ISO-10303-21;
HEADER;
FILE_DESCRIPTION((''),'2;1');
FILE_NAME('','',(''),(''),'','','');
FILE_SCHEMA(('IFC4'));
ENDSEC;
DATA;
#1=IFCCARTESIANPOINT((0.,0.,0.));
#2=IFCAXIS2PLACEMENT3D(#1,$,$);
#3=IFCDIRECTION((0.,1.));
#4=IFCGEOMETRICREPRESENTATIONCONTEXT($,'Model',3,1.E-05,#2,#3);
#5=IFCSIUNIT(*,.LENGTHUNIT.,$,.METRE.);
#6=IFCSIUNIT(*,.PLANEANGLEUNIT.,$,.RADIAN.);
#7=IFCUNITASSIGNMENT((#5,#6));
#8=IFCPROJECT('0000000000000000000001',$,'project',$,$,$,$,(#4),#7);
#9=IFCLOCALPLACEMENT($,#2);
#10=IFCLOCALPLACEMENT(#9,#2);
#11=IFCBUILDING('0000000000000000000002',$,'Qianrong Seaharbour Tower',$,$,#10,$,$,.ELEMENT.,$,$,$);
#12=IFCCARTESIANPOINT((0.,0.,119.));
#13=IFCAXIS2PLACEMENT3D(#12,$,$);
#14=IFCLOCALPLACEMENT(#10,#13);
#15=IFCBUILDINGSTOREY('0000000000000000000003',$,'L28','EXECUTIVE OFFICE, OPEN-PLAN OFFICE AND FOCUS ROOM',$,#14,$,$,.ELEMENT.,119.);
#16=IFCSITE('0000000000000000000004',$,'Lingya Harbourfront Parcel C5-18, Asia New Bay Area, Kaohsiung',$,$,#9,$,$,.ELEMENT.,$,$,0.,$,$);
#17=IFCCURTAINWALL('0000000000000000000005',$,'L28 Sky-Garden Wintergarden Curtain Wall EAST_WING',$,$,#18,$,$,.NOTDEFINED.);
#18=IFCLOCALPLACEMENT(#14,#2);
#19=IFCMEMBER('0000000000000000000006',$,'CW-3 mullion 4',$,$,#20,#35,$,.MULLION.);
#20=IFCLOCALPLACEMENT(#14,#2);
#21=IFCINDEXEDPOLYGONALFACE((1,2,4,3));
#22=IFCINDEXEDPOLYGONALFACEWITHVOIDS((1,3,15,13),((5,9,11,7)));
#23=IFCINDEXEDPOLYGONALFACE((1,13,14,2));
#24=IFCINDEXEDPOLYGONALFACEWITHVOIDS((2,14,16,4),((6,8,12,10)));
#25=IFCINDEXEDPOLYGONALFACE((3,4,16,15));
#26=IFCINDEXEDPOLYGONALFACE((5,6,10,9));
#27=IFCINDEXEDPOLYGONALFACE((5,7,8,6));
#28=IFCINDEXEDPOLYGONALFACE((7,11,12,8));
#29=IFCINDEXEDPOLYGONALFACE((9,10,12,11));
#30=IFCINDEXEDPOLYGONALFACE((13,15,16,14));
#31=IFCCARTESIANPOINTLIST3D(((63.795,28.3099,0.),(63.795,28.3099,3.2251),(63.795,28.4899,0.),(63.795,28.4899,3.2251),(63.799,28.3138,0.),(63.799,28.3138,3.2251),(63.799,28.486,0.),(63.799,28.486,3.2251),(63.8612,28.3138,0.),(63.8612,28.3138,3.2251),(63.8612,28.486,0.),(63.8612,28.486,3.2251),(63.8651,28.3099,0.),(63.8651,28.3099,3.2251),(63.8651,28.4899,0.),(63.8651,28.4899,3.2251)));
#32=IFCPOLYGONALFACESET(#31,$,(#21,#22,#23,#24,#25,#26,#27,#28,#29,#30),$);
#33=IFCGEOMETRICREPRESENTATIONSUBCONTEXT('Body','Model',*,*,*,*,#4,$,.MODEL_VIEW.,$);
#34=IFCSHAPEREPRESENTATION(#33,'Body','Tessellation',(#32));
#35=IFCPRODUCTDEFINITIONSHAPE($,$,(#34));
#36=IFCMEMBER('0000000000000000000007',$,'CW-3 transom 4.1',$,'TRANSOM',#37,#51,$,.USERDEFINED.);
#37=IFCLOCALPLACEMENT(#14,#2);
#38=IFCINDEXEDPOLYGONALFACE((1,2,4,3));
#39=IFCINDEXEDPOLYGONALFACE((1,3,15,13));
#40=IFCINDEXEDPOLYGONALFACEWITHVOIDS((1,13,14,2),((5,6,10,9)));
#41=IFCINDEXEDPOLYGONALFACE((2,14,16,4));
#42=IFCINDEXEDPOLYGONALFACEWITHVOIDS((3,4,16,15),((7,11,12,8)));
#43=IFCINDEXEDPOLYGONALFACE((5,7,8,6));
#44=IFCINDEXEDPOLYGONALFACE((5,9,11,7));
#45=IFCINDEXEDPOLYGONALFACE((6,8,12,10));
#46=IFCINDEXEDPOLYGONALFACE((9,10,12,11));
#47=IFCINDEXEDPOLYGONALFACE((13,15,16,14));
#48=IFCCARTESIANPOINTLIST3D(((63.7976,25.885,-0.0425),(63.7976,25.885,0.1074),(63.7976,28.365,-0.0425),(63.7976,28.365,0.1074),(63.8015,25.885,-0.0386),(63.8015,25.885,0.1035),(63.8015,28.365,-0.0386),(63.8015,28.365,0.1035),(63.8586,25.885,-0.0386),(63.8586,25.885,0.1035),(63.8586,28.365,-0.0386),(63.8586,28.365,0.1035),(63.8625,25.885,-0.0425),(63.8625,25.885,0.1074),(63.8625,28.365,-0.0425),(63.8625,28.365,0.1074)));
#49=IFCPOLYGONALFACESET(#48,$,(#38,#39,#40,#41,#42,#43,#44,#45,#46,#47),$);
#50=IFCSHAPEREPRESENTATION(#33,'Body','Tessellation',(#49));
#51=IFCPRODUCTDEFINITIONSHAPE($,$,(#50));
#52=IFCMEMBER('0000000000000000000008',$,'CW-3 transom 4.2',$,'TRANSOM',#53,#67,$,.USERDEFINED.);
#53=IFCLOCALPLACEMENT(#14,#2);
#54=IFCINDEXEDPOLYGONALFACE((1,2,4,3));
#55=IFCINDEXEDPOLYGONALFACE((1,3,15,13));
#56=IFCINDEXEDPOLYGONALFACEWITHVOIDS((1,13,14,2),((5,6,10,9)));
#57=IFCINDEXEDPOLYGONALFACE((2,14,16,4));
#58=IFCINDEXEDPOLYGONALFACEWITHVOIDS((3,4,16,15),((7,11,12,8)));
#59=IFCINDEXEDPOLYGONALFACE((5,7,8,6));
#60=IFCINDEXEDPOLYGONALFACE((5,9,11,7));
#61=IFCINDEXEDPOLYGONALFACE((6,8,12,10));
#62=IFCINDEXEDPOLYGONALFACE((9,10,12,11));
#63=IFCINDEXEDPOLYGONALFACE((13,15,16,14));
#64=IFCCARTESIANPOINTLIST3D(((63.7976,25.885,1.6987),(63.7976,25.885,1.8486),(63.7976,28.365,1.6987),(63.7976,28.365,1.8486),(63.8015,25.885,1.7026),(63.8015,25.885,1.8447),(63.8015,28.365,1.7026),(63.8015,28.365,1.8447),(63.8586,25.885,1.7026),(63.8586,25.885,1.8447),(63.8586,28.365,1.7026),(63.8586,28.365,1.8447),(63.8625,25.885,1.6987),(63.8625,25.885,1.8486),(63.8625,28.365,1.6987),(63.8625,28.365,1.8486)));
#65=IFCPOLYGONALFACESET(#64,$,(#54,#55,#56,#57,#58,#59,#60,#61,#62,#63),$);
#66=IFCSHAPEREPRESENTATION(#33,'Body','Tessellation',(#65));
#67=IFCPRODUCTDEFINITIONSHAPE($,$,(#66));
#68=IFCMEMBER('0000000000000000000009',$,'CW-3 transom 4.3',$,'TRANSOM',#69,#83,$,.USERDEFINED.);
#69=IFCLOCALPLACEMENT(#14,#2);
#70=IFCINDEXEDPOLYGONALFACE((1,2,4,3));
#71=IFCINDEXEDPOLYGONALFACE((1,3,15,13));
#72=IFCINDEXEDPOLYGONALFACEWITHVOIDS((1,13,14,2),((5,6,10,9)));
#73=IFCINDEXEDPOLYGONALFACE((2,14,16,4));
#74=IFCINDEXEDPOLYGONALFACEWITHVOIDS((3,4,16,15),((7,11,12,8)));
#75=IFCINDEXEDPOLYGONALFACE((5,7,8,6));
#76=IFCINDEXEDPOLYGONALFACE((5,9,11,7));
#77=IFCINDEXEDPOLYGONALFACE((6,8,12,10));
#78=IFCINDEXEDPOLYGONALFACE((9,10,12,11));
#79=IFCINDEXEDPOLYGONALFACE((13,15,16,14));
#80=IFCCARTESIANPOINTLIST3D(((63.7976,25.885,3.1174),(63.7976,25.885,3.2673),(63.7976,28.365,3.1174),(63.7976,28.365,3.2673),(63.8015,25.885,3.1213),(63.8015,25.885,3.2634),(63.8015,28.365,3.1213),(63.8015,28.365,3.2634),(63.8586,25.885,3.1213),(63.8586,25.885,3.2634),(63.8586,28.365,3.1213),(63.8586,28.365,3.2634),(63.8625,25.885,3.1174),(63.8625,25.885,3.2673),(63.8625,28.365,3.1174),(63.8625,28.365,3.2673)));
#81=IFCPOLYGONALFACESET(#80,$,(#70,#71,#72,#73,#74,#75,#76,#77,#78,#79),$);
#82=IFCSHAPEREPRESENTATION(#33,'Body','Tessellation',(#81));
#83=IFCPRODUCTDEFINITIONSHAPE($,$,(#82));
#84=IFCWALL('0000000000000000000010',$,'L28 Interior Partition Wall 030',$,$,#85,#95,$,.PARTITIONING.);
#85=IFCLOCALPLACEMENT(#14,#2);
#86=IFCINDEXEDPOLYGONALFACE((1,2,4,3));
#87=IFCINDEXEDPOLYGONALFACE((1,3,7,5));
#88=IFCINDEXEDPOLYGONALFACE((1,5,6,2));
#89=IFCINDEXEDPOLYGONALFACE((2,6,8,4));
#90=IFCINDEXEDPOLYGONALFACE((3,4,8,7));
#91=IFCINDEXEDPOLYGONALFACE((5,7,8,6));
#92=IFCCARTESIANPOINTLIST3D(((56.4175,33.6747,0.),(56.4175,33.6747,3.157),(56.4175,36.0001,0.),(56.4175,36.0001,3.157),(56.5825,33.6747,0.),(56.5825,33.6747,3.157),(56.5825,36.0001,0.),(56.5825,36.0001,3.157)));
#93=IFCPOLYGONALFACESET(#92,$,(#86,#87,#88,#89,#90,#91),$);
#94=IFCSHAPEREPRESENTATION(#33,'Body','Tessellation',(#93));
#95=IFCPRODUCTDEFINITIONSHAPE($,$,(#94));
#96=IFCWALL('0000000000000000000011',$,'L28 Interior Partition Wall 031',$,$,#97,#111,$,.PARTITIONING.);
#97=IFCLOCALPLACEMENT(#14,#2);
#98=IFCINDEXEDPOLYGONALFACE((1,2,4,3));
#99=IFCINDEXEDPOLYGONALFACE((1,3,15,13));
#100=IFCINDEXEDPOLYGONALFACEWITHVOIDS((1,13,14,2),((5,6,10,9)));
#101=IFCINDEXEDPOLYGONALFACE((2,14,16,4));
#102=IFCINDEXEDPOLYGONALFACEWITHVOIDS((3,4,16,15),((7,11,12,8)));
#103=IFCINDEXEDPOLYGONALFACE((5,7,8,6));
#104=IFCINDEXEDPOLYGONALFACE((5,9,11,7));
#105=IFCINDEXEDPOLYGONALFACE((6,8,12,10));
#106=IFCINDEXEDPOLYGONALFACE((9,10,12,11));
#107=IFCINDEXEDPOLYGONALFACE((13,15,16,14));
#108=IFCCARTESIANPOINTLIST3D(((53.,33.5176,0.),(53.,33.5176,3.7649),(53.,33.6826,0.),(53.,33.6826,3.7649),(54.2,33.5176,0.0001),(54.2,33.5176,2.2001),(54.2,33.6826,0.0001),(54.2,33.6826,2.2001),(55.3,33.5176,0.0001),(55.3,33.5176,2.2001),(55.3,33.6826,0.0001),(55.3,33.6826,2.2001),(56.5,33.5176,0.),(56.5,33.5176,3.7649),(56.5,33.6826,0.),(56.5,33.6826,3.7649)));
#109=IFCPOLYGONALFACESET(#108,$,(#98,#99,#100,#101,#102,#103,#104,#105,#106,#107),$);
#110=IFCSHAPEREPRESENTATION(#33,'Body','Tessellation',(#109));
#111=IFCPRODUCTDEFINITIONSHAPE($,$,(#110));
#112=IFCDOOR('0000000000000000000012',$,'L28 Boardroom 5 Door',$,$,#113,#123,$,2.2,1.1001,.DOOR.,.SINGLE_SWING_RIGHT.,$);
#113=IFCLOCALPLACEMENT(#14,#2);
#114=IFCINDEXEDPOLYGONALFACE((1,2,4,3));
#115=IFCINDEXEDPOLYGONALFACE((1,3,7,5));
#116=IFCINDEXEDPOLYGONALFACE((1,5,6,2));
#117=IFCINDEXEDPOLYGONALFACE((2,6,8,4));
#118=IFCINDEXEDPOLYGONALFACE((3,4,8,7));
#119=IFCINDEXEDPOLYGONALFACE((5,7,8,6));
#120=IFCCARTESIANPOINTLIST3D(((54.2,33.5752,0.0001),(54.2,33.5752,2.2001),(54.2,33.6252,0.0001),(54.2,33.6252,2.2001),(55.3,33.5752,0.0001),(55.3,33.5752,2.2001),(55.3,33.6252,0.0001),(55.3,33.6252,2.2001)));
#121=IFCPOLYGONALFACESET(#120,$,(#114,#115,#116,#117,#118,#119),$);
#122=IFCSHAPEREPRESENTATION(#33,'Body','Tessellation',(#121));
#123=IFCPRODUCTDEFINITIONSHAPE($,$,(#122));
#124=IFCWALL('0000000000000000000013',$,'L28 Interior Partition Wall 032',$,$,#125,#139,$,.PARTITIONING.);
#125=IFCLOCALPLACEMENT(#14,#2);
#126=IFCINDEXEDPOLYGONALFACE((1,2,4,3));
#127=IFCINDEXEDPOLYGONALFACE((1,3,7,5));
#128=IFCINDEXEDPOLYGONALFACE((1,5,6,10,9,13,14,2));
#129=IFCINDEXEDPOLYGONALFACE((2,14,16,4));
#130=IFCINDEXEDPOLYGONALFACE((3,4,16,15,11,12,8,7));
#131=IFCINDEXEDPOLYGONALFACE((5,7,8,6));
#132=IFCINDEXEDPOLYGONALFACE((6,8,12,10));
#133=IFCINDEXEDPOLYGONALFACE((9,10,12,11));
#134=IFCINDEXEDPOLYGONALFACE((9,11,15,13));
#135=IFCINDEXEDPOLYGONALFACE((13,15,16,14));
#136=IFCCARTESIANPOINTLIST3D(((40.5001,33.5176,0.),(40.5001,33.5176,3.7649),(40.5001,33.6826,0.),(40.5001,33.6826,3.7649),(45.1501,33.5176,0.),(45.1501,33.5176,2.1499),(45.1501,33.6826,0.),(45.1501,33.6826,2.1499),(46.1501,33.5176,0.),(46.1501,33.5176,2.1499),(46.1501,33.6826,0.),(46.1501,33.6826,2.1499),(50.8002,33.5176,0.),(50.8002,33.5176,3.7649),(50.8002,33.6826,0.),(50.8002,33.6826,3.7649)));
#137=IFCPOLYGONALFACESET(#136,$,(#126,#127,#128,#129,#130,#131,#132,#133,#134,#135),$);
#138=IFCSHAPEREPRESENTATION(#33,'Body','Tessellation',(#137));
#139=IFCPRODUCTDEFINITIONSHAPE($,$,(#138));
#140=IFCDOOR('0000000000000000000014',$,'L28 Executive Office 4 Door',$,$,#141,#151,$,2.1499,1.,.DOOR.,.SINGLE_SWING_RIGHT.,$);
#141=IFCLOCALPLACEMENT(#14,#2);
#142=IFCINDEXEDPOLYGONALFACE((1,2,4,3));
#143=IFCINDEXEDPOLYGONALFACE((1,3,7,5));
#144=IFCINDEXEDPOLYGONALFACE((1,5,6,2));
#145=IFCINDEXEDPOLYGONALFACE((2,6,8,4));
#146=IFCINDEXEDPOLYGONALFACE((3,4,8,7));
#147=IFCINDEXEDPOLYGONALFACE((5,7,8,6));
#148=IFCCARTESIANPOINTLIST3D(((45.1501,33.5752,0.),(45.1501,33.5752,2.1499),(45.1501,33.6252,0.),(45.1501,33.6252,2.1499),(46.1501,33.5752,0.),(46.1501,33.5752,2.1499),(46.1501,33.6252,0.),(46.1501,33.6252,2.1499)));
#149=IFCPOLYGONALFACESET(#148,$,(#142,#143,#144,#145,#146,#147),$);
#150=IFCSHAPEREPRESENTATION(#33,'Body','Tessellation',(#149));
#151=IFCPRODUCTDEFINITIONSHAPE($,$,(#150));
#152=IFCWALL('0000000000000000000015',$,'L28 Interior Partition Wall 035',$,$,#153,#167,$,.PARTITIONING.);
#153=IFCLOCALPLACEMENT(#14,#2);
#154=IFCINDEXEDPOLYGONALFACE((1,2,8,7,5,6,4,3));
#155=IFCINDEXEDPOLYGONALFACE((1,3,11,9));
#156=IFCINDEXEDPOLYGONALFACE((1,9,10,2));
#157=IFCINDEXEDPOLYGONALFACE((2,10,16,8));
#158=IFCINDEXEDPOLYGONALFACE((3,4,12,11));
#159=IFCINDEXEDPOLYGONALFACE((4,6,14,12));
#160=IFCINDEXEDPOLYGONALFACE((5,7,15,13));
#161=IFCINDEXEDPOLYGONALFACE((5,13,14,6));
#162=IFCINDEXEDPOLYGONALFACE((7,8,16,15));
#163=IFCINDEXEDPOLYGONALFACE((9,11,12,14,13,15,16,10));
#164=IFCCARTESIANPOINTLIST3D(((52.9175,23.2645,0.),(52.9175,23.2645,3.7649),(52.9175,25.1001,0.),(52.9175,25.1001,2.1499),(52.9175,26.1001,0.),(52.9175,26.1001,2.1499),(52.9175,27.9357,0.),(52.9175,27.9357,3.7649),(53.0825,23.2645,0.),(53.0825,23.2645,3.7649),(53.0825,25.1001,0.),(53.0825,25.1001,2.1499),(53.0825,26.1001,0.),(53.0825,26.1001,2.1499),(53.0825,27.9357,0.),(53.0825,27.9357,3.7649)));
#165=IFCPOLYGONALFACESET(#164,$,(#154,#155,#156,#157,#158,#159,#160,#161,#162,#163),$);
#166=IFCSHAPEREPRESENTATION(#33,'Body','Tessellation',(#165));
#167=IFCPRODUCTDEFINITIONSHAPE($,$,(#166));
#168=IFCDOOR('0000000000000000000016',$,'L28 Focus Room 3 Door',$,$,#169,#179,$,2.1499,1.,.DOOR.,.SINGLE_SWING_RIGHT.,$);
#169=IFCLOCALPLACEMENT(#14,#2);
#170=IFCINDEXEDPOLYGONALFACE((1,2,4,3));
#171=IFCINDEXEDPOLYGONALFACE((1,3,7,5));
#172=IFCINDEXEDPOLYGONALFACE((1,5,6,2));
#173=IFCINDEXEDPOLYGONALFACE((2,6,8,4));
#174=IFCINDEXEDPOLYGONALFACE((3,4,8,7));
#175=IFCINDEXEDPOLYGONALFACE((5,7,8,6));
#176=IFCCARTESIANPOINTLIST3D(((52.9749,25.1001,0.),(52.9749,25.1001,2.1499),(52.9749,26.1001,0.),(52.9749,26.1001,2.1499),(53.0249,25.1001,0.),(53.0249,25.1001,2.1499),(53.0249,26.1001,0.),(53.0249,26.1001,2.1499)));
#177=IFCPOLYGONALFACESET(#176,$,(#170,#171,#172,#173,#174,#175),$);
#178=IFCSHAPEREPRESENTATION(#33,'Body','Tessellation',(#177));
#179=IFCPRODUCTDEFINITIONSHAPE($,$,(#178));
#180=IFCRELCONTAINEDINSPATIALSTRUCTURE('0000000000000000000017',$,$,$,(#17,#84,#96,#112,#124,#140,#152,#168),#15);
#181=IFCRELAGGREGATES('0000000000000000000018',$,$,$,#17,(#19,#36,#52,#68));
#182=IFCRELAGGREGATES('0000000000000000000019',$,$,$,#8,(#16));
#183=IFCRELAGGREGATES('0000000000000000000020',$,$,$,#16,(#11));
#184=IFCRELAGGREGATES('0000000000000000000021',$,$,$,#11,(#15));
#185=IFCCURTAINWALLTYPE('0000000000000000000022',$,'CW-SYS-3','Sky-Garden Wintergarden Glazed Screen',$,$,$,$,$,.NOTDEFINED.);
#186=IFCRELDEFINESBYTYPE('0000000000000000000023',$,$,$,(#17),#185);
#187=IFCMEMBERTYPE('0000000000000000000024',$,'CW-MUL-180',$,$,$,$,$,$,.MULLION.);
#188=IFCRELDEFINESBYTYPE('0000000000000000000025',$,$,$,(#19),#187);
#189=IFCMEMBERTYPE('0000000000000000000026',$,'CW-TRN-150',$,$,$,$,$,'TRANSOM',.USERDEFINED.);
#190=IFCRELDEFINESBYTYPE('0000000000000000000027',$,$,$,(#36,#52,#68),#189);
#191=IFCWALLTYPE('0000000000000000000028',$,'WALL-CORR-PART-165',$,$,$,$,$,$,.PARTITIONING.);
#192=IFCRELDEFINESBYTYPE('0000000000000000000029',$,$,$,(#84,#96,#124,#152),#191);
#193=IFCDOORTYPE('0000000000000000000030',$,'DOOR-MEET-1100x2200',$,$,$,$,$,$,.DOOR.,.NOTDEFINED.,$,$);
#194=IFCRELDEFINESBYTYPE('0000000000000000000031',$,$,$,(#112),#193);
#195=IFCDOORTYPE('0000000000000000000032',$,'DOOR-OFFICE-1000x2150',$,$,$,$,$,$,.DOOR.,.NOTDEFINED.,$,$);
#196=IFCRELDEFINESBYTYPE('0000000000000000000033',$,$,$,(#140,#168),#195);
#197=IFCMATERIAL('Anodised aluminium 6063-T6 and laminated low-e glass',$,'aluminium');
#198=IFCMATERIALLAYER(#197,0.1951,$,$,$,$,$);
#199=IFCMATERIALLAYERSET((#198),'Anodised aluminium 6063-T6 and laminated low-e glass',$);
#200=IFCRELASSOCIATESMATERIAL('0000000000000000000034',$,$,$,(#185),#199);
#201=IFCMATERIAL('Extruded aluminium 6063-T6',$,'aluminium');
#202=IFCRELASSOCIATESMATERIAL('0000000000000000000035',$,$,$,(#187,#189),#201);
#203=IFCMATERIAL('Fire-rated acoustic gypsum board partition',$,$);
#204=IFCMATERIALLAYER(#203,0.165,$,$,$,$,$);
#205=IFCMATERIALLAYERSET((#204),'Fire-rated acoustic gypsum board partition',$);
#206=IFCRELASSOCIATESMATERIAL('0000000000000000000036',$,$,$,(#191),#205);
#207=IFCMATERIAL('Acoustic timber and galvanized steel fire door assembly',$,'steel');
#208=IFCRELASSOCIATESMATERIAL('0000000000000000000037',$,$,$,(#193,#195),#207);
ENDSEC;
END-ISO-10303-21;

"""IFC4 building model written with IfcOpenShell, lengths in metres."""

from ifc_helpers import new_model, si_unit, direction, frame, frame_2d, origin, origin_2d, place, context, subcontext, project, spatial, rectangle, hollow_rectangle, extrude, material, layer, layer_set, material_profile, profile_set, type_object, element, fill, aggregate, save


model = new_model("IFC4")

# Units and contexts
model_context = context("Model", 3, precision=1e-05, world=origin(), true_north=direction((0.0, 1.0)))
body_context = subcontext(model_context, "Body", "Model", "MODEL_VIEW")
ifc_project = project(units=[si_unit("LENGTHUNIT", "METRE"), si_unit("PLANEANGLEUNIT", "RADIAN")], contexts=[model_context])

# Site, building, storey
site_placement = place(None, origin())
site = spatial("IfcSite", under=ifc_project, at=site_placement, Name="Lingya Harbourfront Parcel C5-18, Asia New Bay Area, Kaohsiung", CompositionType="ELEMENT", RefElevation=0.0)
building_placement = place(site_placement, origin())
building = spatial("IfcBuilding", under=site, at=building_placement, Name="Qianrong Seaharbour Tower", CompositionType="ELEMENT")
storey_placement = place(building_placement, frame((0.0, 0.0, 119.0)))
storey = spatial("IfcBuildingStorey", under=building, at=storey_placement, Name="L28", Description="EXECUTIVE OFFICE, OPEN-PLAN OFFICE AND FOCUS ROOM", CompositionType="ELEMENT", Elevation=119.0)

# Curtain wall, members
ifc_material_1 = material(Name="Anodised aluminium 6063-T6 and laminated low-e glass", Category="aluminium")
ifc_layer_1 = layer(ifc_material_1, 0.1951)
ifc_layer_set_1 = layer_set([ifc_layer_1], Name="Anodised aluminium 6063-T6 and laminated low-e glass")
curtain_wall_type = type_object("IfcCurtainWallType", Name="CW-SYS-3", Description="Sky-Garden Wintergarden Glazed Screen", PredefinedType="NOTDEFINED", material=ifc_layer_set_1)
curtain_wall_placement = place(storey_placement, origin())
curtain_wall = element("IfcCurtainWall", 1, at=curtain_wall_placement, inside=storey, type_object=curtain_wall_type, Name="L28 Sky-Garden Wintergarden Curtain Wall EAST_WING", PredefinedType="NOTDEFINED")
ifc_material_2 = material(Name="Extruded aluminium 6063-T6", Category="aluminium")
ifc_material_profile_1 = material_profile(ifc_material_2, hollow_rectangle(XDim=0.0701, YDim=0.1799, WallThickness=0.0039, at=origin_2d()), Name="ALU-MUL-180x70x4")
ifc_profile_set_1 = profile_set([ifc_material_profile_1], Name="Extruded aluminium 6063-T6")
member_type_1 = type_object("IfcMemberType", Name="CW-MUL-180", PredefinedType="MULLION", material=ifc_profile_set_1)
member_1_placement = place(storey_placement, frame((63.8301, 28.3999, 0.0), z_axis=(0.0, 0.0, 1.0), x_axis=(1.0, 0.0, 0.0)))
member_1 = element("IfcMember", 2, at=member_1_placement, type_object=member_type_1, Name="CW-3 mullion 4", PredefinedType="MULLION", context=body_context, shape_type="SweptSolid", body=[
    extrude(hollow_rectangle(XDim=0.0701, YDim=0.1799, WallThickness=0.0039, at=origin_2d()), origin(), (0.0, 0.0, 1.0), 3.2251),
])
ifc_material_profile_2 = material_profile(ifc_material_2, hollow_rectangle(XDim=0.0649, YDim=0.1499, WallThickness=0.0039, at=origin_2d()), Name="ALU-TRN-150x65x4")
ifc_profile_set_2 = profile_set([ifc_material_profile_2], Name="Extruded aluminium 6063-T6")
member_type_2 = type_object("IfcMemberType", Name="CW-TRN-150", ElementType="TRANSOM", PredefinedType="USERDEFINED", material=ifc_profile_set_2)
member_2_placement = place(storey_placement, frame((63.8301, 28.365, 0.0325), z_axis=(0.0, -1.0, 0.0), x_axis=(1.0, 0.0, 0.0)))
member_2 = element("IfcMember", 3, at=member_2_placement, type_object=member_type_2, Name="CW-3 transom 4.1", ObjectType="TRANSOM", PredefinedType="USERDEFINED", context=body_context, shape_type="SweptSolid", body=[
    extrude(hollow_rectangle(XDim=0.0649, YDim=0.1499, WallThickness=0.0039, at=origin_2d()), origin(), (0.0, 0.0, 1.0), 2.48),
])
member_3_placement = place(storey_placement, frame((63.8301, 28.365, 1.7737), z_axis=(0.0, -1.0, 0.0), x_axis=(1.0, 0.0, 0.0)))
member_3 = element("IfcMember", 4, at=member_3_placement, type_object=member_type_2, Name="CW-3 transom 4.2", ObjectType="TRANSOM", PredefinedType="USERDEFINED", context=body_context, shape_type="SweptSolid", body=[
    extrude(hollow_rectangle(XDim=0.0649, YDim=0.1499, WallThickness=0.0039, at=origin_2d()), origin(), (0.0, 0.0, 1.0), 2.48),
])
member_4_placement = place(storey_placement, frame((63.8301, 28.365, 3.1924), z_axis=(0.0, -1.0, 0.0), x_axis=(1.0, 0.0, 0.0)))
member_4 = element("IfcMember", 5, at=member_4_placement, type_object=member_type_2, Name="CW-3 transom 4.3", ObjectType="TRANSOM", PredefinedType="USERDEFINED", context=body_context, shape_type="SweptSolid", body=[
    extrude(hollow_rectangle(XDim=0.0649, YDim=0.1499, WallThickness=0.0039, at=origin_2d()), origin(), (0.0, 0.0, 1.0), 2.48),
])
aggregate(curtain_wall, [member_1, member_2, member_3, member_4])

# Wall
ifc_material_3 = material(Name="Fire-rated acoustic gypsum board partition")
ifc_layer_2 = layer(ifc_material_3, 0.165)
ifc_layer_set_2 = layer_set([ifc_layer_2], Name="Fire-rated acoustic gypsum board partition")
wall_type_1 = type_object("IfcWallType", Name="WALL-CORR-PART-165", PredefinedType="PARTITIONING", material=ifc_layer_set_2)
wall_1_placement = place(storey_placement, frame((56.5, 36.0, 0.0), z_axis=(0.0, 0.0, 1.0), x_axis=(0.0, -1.0, 0.0)))
element("IfcWall", 6, at=wall_1_placement, inside=storey, type_object=wall_type_1, Name="L28 Interior Partition Wall 030", PredefinedType="PARTITIONING", context=body_context, shape_type="SweptSolid", body=[
    extrude(rectangle(XDim=2.3254, YDim=0.165, at=frame_2d((1.1626, 0.0))), origin(), (0.0, 0.0, 1.0), 3.157),
])

# Walls, openings, doors
wall_2_placement = place(storey_placement, frame((56.5, 33.6001, 0.0), z_axis=(0.0, 0.0, 1.0), x_axis=(-1.0, 0.0, 0.0)))
wall_2 = element("IfcWall", 7, at=wall_2_placement, inside=storey, type_object=wall_type_1, Name="L28 Interior Partition Wall 031", PredefinedType="PARTITIONING", context=body_context, shape_type="SweptSolid", body=[
    extrude(rectangle(XDim=3.5, YDim=0.165, at=frame_2d((1.75, 0.0))), origin(), (0.0, 0.0, 1.0), 3.7649),
])
opening_1_placement = place(wall_2_placement, frame((1.2, 0.0, 0.0)))
opening_1 = element("IfcOpeningElement", 8, at=opening_1_placement, cuts=wall_2, PredefinedType="OPENING", context=body_context, shape_type="SweptSolid", body=[
    extrude(rectangle(XDim=1.1001, YDim=2.2, at=frame_2d((0.55, 1.1001))), frame((0.0, 0.0925, 0.0), z_axis=(0.0, -1.0, 0.0), x_axis=(1.0, 0.0, 0.0)), (0.0, 0.0, 1.0), 0.1851),
])
ifc_material_4 = material(Name="Acoustic timber and galvanized steel fire door assembly", Category="steel")
door_type_1 = type_object("IfcDoorType", Name="DOOR-MEET-1100x2200", OperationType="NOTDEFINED", PredefinedType="DOOR", material=ifc_material_4)
door_1_placement = place(opening_1_placement, origin())
door_1 = element("IfcDoor", 9, at=door_1_placement, inside=storey, type_object=door_type_1, Name="L28 Boardroom 5 Door", OperationType="SINGLE_SWING_RIGHT", OverallHeight=2.2, OverallWidth=1.1001, PredefinedType="DOOR", context=body_context, shape_type="SweptSolid", body=[
    extrude(rectangle(XDim=1.1001, YDim=2.2, at=frame_2d((0.55, 1.1001))), frame((0.0, 0.0249, 0.0), z_axis=(0.0, -1.0, 0.0), x_axis=(1.0, 0.0, 0.0)), (0.0, 0.0, 1.0), 0.05),
])
fill(opening_1, door_1)
wall_3_placement = place(storey_placement, frame((50.8, 33.6001, 0.0), z_axis=(0.0, 0.0, 1.0), x_axis=(-1.0, 0.0, 0.0)))
wall_3 = element("IfcWall", 10, at=wall_3_placement, inside=storey, type_object=wall_type_1, Name="L28 Interior Partition Wall 032", PredefinedType="PARTITIONING", context=body_context, shape_type="SweptSolid", body=[
    extrude(rectangle(XDim=10.3, YDim=0.165, at=frame_2d((5.1499, 0.0))), origin(), (0.0, 0.0, 1.0), 3.7649),
])
opening_2_placement = place(wall_3_placement, frame((4.6499, 0.0, 0.0)))
opening_2 = element("IfcOpeningElement", 11, at=opening_2_placement, cuts=wall_3, PredefinedType="OPENING", context=body_context, shape_type="SweptSolid", body=[
    extrude(rectangle(XDim=1.0, YDim=2.1499, at=frame_2d((0.5, 1.075))), frame((0.0, 0.0925, 0.0), z_axis=(0.0, -1.0, 0.0), x_axis=(1.0, 0.0, 0.0)), (0.0, 0.0, 1.0), 0.1851),
])
door_type_2 = type_object("IfcDoorType", Name="DOOR-OFFICE-1000x2150", OperationType="NOTDEFINED", PredefinedType="DOOR", material=ifc_material_4)
door_2_placement = place(opening_2_placement, origin())
door_2 = element("IfcDoor", 12, at=door_2_placement, inside=storey, type_object=door_type_2, Name="L28 Executive Office 4 Door", OperationType="SINGLE_SWING_RIGHT", OverallHeight=2.1499, OverallWidth=1.0, PredefinedType="DOOR", context=body_context, shape_type="SweptSolid", body=[
    extrude(rectangle(XDim=1.0, YDim=2.1499, at=frame_2d((0.5, 1.075))), frame((0.0, 0.0249, 0.0), z_axis=(0.0, -1.0, 0.0), x_axis=(1.0, 0.0, 0.0)), (0.0, 0.0, 1.0), 0.05),
])
fill(opening_2, door_2)
wall_4_placement = place(storey_placement, frame((53.0, 27.9355, 0.0), z_axis=(0.0, 0.0, 1.0), x_axis=(0.0, -1.0, 0.0)))
wall_4 = element("IfcWall", 13, at=wall_4_placement, inside=storey, type_object=wall_type_1, Name="L28 Interior Partition Wall 035", PredefinedType="PARTITIONING", context=body_context, shape_type="SweptSolid", body=[
    extrude(rectangle(XDim=4.6711, YDim=0.165, at=frame_2d((2.3354, 0.0))), origin(), (0.0, 0.0, 1.0), 3.7649),
])
opening_3_placement = place(wall_4_placement, frame((1.8354, 0.0, 0.0)))
opening_3 = element("IfcOpeningElement", 14, at=opening_3_placement, cuts=wall_4, PredefinedType="OPENING", context=body_context, shape_type="SweptSolid", body=[
    extrude(rectangle(XDim=1.0, YDim=2.1499, at=frame_2d((0.5, 1.075))), frame((0.0, 0.0925, 0.0), z_axis=(0.0, -1.0, 0.0), x_axis=(1.0, 0.0, 0.0)), (0.0, 0.0, 1.0), 0.1851),
])
door_3_placement = place(opening_3_placement, origin())
door_3 = element("IfcDoor", 15, at=door_3_placement, inside=storey, type_object=door_type_2, Name="L28 Focus Room 3 Door", OperationType="SINGLE_SWING_RIGHT", OverallHeight=2.1499, OverallWidth=1.0, PredefinedType="DOOR", context=body_context, shape_type="SweptSolid", body=[
    extrude(rectangle(XDim=1.0, YDim=2.1499, at=frame_2d((0.5, 1.075))), frame((0.0, 0.0249, 0.0), z_axis=(0.0, -1.0, 0.0), x_axis=(1.0, 0.0, 0.0)), (0.0, 0.0, 1.0), 0.05),
])
fill(opening_3, door_3)

save(model, "model.ifc")
